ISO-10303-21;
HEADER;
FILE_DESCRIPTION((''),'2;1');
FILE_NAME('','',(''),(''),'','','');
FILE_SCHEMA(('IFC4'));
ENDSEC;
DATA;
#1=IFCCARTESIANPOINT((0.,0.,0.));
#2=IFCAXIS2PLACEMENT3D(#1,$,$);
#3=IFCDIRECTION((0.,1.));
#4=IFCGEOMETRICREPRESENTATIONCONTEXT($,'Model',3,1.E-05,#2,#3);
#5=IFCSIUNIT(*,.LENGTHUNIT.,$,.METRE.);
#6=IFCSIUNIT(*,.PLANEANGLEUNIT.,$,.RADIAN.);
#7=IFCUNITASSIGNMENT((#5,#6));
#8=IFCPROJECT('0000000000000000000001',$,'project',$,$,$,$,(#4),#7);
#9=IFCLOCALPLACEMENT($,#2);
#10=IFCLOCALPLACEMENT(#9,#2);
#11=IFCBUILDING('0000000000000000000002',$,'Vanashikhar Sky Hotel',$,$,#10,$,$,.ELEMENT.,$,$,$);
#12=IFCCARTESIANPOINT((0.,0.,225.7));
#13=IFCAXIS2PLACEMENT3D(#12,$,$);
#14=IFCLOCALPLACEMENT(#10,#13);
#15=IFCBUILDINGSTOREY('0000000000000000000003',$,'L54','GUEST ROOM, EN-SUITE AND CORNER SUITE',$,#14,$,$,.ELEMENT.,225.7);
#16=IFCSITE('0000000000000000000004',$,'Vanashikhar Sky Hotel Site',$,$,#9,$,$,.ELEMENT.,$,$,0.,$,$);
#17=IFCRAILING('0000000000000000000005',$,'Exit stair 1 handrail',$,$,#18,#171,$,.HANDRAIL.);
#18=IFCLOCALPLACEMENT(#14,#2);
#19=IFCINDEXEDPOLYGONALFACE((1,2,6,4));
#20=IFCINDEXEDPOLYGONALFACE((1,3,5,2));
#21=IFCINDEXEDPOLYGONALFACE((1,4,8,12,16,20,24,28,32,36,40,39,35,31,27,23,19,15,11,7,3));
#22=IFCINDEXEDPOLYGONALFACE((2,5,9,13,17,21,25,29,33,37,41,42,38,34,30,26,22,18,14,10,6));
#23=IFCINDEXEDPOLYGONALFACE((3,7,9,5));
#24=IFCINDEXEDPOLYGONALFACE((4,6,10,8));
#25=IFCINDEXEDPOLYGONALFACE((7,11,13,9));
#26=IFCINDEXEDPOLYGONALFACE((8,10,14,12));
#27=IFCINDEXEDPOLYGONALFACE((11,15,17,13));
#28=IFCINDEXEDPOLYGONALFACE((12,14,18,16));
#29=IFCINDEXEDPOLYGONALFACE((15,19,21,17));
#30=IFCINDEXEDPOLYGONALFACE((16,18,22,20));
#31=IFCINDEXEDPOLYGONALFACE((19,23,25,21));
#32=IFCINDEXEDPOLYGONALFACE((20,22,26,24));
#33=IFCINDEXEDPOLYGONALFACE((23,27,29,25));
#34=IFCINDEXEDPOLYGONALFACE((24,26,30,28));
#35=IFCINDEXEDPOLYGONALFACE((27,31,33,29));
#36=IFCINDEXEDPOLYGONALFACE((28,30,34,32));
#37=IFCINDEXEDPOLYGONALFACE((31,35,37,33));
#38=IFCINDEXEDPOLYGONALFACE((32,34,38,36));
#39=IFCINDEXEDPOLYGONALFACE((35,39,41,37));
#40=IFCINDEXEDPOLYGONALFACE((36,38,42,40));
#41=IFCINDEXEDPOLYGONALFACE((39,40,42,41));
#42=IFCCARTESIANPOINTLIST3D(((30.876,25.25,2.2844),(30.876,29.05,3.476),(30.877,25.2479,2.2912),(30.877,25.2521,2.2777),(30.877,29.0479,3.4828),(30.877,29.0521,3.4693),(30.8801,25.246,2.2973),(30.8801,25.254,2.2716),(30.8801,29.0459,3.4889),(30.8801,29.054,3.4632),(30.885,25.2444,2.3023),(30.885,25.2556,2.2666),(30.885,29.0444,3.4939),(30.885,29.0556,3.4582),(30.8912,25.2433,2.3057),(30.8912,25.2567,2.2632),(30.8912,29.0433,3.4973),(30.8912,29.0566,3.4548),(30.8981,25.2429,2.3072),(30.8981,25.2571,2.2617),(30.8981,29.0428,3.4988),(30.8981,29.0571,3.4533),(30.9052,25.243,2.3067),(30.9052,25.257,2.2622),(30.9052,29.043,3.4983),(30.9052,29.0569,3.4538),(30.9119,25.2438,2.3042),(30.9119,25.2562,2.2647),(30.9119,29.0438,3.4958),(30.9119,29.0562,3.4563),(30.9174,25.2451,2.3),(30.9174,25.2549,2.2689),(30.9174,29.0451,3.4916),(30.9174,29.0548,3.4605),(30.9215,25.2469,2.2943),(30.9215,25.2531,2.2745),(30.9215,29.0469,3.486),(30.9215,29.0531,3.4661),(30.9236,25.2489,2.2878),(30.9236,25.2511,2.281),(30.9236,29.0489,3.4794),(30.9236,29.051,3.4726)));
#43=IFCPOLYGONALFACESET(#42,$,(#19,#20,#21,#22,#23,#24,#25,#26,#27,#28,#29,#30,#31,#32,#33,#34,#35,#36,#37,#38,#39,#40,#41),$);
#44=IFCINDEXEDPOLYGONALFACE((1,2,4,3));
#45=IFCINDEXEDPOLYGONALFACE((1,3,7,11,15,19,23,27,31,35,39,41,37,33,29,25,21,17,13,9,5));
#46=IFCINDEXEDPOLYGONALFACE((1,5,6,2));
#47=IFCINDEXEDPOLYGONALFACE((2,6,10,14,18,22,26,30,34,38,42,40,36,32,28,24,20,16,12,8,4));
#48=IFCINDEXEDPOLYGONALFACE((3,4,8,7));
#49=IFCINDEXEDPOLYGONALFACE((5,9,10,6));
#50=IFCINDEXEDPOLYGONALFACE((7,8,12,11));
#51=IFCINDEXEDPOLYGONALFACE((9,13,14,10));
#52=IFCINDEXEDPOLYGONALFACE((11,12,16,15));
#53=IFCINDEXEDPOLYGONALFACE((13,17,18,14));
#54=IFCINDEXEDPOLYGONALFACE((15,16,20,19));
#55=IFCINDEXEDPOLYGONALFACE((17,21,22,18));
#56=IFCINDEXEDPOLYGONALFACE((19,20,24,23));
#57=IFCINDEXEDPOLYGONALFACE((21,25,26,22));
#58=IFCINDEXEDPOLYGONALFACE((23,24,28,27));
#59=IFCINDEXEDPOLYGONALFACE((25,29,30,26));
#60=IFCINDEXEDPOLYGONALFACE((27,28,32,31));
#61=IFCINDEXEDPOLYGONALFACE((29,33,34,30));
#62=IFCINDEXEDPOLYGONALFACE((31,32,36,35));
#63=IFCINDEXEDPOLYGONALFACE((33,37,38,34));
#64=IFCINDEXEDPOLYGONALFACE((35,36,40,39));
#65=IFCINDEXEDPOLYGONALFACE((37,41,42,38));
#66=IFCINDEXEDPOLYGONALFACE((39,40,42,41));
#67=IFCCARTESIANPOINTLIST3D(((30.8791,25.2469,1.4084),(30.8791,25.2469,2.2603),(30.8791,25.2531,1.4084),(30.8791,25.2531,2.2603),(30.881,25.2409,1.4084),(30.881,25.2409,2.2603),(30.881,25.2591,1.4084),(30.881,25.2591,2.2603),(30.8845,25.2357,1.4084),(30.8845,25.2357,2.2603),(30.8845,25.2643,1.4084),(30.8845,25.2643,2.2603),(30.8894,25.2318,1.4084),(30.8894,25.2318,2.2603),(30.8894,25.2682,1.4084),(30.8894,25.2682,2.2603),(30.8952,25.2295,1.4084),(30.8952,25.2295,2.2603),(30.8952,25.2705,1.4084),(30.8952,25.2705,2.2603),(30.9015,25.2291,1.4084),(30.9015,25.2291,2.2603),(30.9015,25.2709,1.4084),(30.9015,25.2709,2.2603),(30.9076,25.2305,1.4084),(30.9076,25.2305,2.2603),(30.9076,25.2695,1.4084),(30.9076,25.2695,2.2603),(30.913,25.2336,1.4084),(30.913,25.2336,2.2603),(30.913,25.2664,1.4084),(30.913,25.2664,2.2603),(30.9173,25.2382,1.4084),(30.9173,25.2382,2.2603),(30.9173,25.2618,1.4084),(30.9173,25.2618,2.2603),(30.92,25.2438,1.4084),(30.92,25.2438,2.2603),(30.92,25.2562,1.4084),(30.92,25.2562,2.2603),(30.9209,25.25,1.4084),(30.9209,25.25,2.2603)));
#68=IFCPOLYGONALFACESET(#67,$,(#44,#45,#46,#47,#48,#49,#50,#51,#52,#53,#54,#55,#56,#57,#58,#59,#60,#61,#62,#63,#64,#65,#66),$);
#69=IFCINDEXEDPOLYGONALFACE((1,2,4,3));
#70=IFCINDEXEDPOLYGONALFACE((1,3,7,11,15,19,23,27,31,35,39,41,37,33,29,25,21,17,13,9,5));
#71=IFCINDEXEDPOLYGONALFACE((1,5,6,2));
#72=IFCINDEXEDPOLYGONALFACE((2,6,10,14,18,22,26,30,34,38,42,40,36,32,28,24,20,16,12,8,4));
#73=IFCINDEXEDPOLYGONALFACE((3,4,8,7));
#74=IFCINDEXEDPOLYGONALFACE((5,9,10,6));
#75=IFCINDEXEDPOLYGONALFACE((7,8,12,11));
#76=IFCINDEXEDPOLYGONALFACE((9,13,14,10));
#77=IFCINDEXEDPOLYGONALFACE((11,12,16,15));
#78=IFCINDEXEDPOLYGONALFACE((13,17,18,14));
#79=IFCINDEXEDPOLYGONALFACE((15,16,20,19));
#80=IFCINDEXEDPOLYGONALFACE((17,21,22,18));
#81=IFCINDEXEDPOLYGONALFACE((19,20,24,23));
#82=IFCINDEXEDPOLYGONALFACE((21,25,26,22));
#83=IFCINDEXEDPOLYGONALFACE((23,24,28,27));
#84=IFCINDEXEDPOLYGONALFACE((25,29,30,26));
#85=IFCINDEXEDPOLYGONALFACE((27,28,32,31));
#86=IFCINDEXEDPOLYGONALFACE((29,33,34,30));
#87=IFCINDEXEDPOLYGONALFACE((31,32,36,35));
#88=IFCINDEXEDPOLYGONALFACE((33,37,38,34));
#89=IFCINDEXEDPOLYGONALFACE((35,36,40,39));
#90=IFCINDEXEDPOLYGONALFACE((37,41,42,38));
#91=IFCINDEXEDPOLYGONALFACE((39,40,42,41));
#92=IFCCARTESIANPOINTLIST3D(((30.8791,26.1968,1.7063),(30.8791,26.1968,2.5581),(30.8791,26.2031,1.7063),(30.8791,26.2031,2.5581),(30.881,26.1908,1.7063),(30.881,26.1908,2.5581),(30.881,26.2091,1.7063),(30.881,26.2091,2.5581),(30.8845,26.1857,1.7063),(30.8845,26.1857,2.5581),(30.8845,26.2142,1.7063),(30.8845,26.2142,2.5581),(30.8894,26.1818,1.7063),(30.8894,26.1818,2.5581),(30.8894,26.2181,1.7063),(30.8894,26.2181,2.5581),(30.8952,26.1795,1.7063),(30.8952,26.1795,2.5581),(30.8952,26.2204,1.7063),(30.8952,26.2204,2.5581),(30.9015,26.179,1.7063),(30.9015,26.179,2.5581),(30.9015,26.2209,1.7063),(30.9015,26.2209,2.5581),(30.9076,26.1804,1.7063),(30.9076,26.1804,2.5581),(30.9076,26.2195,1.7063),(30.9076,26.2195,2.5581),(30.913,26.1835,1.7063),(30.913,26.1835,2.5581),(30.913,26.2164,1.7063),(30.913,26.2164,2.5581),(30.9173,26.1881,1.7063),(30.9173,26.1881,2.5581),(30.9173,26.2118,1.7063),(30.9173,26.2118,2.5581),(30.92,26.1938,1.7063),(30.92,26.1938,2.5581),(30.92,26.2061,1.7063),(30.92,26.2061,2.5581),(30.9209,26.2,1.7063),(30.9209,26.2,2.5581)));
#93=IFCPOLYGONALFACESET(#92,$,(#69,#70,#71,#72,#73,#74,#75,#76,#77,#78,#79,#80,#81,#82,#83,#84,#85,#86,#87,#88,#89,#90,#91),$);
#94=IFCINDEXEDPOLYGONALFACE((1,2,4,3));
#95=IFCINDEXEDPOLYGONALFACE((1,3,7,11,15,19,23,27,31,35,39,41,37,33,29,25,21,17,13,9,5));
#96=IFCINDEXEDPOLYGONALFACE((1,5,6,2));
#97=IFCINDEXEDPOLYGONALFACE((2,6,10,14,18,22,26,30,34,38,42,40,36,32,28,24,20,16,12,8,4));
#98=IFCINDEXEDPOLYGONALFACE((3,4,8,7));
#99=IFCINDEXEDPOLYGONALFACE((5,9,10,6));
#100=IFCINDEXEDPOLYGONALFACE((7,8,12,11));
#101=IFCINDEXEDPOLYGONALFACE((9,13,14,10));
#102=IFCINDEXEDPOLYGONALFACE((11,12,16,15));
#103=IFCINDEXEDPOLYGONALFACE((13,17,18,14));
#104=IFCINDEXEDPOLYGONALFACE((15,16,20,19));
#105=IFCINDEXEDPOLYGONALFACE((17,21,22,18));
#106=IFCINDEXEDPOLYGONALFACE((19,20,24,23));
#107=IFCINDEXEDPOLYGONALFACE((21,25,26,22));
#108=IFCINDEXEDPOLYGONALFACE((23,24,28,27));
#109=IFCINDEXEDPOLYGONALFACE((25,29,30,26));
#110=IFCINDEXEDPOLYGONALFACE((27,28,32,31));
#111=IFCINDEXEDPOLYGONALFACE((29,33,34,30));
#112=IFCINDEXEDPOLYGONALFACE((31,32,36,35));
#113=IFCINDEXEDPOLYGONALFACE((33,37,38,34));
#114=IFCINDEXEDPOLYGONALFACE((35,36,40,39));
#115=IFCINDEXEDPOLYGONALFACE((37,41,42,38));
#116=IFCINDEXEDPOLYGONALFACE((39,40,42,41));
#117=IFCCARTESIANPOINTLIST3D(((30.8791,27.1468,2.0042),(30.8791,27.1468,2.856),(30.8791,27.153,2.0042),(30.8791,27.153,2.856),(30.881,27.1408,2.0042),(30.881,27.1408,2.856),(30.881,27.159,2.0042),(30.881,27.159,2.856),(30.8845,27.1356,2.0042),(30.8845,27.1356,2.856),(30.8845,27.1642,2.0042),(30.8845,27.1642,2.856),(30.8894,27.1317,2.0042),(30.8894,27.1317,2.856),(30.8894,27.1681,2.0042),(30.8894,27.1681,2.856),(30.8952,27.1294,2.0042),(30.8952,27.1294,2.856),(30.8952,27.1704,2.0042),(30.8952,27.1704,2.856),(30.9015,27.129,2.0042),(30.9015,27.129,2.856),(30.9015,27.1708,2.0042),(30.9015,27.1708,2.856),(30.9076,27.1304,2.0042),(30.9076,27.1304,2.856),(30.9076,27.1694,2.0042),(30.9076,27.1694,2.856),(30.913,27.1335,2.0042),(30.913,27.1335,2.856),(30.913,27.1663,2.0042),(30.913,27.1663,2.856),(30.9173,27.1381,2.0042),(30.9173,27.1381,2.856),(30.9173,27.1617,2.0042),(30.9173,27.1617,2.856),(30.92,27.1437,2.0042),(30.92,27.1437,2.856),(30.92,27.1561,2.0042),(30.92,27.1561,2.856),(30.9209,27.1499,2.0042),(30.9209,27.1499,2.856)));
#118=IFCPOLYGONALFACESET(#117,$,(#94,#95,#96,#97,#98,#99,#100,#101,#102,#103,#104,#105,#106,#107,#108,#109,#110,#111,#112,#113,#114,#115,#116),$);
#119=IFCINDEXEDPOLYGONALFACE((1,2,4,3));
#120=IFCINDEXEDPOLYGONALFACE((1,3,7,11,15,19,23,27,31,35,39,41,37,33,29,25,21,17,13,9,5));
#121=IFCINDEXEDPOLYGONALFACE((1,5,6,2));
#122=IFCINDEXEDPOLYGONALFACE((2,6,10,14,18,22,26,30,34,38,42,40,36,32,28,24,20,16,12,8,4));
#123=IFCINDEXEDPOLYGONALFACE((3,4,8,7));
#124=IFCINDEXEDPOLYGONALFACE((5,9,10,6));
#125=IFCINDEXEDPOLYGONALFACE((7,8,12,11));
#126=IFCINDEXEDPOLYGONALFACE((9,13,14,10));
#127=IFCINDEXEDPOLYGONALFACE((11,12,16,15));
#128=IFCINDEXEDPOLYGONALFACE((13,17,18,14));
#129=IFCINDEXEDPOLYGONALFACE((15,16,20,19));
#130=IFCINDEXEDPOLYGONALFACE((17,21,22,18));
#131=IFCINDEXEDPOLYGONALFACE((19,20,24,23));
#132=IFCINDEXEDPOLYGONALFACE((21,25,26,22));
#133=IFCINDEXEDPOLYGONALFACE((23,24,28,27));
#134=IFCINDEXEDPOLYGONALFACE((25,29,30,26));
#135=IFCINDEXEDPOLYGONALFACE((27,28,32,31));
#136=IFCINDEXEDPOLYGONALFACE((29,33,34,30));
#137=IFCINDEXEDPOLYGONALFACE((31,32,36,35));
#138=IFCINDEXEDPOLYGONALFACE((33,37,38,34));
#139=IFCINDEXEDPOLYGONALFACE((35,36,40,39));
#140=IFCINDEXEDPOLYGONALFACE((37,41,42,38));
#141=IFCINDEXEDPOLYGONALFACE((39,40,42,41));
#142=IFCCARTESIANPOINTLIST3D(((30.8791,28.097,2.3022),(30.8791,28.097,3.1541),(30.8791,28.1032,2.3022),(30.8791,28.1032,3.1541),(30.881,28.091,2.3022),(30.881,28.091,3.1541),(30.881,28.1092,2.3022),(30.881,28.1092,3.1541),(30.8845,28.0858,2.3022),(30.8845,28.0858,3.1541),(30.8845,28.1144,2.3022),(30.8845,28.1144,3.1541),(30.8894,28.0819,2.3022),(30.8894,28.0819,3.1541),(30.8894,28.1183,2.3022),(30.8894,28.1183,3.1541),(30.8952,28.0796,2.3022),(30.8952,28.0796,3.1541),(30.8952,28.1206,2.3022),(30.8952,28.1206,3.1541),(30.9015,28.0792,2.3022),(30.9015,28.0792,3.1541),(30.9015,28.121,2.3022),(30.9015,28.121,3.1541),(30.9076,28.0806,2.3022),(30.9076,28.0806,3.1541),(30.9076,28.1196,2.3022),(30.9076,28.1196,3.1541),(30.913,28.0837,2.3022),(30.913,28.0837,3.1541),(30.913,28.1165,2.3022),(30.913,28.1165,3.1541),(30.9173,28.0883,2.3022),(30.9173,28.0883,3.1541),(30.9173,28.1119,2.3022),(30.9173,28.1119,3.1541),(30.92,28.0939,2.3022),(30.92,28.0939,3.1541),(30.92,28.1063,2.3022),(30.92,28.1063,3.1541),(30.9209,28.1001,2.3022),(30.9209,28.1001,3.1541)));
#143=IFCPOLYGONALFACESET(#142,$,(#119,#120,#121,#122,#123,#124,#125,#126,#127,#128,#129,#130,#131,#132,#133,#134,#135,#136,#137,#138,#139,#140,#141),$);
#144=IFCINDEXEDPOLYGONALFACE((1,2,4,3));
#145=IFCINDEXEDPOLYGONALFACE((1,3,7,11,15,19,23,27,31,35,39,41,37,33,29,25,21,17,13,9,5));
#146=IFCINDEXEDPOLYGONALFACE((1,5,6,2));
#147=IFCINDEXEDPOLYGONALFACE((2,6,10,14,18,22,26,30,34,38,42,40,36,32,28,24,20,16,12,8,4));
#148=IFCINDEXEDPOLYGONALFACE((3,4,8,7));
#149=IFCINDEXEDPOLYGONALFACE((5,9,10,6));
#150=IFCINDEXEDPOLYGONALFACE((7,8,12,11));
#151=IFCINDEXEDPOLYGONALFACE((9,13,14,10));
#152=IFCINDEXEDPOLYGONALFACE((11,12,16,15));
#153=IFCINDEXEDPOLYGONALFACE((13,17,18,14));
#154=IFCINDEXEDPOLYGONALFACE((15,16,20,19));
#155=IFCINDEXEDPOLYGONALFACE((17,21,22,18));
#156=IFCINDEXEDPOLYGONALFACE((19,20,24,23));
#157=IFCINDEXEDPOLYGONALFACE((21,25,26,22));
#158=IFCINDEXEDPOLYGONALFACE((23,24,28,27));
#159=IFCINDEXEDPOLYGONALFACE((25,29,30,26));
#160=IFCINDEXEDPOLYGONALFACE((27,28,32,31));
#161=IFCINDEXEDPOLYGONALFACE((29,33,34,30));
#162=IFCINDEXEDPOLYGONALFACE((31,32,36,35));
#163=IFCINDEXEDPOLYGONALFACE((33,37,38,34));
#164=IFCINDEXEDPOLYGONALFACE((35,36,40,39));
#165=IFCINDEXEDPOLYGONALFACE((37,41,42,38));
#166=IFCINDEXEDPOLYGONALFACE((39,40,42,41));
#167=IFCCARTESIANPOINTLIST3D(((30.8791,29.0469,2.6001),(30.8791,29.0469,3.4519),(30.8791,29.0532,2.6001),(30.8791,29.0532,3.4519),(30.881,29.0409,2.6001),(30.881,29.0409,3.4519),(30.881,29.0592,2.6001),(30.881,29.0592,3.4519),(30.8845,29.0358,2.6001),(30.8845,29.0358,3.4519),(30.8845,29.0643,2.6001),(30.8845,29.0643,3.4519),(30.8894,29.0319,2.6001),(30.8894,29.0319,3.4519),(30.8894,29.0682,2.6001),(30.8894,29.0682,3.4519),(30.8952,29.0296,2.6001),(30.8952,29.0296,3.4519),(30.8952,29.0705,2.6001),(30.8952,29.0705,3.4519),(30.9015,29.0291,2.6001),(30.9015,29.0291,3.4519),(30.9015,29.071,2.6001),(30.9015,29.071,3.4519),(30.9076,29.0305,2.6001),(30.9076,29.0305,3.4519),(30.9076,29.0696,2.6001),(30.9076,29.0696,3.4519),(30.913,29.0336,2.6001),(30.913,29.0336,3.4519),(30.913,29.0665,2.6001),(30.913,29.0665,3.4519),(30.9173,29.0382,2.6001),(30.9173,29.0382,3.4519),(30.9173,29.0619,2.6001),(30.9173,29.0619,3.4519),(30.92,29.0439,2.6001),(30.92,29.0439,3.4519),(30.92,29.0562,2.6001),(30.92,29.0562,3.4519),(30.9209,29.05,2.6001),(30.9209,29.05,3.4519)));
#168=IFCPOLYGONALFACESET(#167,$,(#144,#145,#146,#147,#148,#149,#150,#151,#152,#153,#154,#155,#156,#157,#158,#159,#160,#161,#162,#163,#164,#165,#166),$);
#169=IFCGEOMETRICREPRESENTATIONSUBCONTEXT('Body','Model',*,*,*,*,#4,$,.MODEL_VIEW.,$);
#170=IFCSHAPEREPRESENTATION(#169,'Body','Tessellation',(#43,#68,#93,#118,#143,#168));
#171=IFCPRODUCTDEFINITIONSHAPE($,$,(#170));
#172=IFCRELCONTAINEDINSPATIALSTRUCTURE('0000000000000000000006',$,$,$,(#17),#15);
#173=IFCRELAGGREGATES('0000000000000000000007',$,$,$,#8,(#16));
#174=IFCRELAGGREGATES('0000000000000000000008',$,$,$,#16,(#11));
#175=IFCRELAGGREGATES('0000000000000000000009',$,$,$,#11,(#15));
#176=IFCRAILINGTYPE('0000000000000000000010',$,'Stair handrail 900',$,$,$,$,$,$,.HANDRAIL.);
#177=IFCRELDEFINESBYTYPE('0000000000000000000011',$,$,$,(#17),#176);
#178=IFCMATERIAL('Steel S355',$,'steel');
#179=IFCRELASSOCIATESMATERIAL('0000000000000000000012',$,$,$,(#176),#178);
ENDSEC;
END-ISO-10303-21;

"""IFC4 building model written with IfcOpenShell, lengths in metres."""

from ifc_helpers import new_model, si_unit, direction, frame, origin, origin_2d, place, context, subcontext, project, spatial, circle, extrude, source, transform, mapped, material, type_object, element, save


model = new_model("IFC4")

# Units and contexts
model_context = context("Model", 3, precision=1e-05, world=origin(), true_north=direction((0.0, 1.0)))
body_context = subcontext(model_context, "Body", "Model", "MODEL_VIEW")
ifc_project = project(units=[si_unit("LENGTHUNIT", "METRE"), si_unit("PLANEANGLEUNIT", "RADIAN")], contexts=[model_context])

# Site, building, storey
site_placement = place(None, origin())
site = spatial("IfcSite", under=ifc_project, at=site_placement, Name="Vanashikhar Sky Hotel Site", CompositionType="ELEMENT", RefElevation=0.0)
building_placement = place(site_placement, origin())
building = spatial("IfcBuilding", under=site, at=building_placement, Name="Vanashikhar Sky Hotel", CompositionType="ELEMENT")
storey_placement = place(building_placement, frame((0.0, 0.0, 225.7)))
storey = spatial("IfcBuildingStorey", under=building, at=storey_placement, Name="L54", Description="GUEST ROOM, EN-SUITE AND CORNER SUITE", CompositionType="ELEMENT", Elevation=225.7)

# Railing
ifc_material_1 = material(Name="Steel S355", Category="steel")
railing_type = type_object("IfcRailingType", Name="Stair handrail 900", PredefinedType="HANDRAIL", material=ifc_material_1)
shared_shape_1 = source(origin(), body_context, "Body", "SweptSolid", [
    extrude(circle(Radius=0.0239, at=origin_2d()), frame((0.0, 0.0, 0.876), z_axis=(0.0, 0.954184, 0.299221), x_axis=(-1.0, 0.0, 0.0)), (0.0, 0.0, 1.0), 3.9824),
    extrude(circle(Radius=0.021, at=origin_2d()), origin(), (0.0, 0.0, 1.0), 0.8518),
    extrude(circle(Radius=0.021, at=origin_2d()), frame((0.0, 0.95, 0.2979)), (0.0, 0.0, 1.0), 0.8518),
    extrude(circle(Radius=0.021, at=origin_2d()), frame((0.0, 1.8999, 0.5957)), (0.0, 0.0, 1.0), 0.8518),
    extrude(circle(Radius=0.021, at=origin_2d()), frame((0.0, 2.8501, 0.8938)), (0.0, 0.0, 1.0), 0.8518),
    extrude(circle(Radius=0.021, at=origin_2d()), frame((0.0, 3.8, 1.1917)), (0.0, 0.0, 1.0), 0.8518),
])
railing_placement = place(storey_placement, frame((30.8999, 25.25, 1.4084)))
element("IfcRailing", 1, at=railing_placement, inside=storey, type_object=railing_type, Name="Exit stair 1 handrail", PredefinedType="HANDRAIL", context=body_context, shape_type="MappedRepresentation", body=[
    mapped(shared_shape_1, transform((0.0, 0.0, 0.0), scale=1.0)),
])

save(model, "model.ifc")
